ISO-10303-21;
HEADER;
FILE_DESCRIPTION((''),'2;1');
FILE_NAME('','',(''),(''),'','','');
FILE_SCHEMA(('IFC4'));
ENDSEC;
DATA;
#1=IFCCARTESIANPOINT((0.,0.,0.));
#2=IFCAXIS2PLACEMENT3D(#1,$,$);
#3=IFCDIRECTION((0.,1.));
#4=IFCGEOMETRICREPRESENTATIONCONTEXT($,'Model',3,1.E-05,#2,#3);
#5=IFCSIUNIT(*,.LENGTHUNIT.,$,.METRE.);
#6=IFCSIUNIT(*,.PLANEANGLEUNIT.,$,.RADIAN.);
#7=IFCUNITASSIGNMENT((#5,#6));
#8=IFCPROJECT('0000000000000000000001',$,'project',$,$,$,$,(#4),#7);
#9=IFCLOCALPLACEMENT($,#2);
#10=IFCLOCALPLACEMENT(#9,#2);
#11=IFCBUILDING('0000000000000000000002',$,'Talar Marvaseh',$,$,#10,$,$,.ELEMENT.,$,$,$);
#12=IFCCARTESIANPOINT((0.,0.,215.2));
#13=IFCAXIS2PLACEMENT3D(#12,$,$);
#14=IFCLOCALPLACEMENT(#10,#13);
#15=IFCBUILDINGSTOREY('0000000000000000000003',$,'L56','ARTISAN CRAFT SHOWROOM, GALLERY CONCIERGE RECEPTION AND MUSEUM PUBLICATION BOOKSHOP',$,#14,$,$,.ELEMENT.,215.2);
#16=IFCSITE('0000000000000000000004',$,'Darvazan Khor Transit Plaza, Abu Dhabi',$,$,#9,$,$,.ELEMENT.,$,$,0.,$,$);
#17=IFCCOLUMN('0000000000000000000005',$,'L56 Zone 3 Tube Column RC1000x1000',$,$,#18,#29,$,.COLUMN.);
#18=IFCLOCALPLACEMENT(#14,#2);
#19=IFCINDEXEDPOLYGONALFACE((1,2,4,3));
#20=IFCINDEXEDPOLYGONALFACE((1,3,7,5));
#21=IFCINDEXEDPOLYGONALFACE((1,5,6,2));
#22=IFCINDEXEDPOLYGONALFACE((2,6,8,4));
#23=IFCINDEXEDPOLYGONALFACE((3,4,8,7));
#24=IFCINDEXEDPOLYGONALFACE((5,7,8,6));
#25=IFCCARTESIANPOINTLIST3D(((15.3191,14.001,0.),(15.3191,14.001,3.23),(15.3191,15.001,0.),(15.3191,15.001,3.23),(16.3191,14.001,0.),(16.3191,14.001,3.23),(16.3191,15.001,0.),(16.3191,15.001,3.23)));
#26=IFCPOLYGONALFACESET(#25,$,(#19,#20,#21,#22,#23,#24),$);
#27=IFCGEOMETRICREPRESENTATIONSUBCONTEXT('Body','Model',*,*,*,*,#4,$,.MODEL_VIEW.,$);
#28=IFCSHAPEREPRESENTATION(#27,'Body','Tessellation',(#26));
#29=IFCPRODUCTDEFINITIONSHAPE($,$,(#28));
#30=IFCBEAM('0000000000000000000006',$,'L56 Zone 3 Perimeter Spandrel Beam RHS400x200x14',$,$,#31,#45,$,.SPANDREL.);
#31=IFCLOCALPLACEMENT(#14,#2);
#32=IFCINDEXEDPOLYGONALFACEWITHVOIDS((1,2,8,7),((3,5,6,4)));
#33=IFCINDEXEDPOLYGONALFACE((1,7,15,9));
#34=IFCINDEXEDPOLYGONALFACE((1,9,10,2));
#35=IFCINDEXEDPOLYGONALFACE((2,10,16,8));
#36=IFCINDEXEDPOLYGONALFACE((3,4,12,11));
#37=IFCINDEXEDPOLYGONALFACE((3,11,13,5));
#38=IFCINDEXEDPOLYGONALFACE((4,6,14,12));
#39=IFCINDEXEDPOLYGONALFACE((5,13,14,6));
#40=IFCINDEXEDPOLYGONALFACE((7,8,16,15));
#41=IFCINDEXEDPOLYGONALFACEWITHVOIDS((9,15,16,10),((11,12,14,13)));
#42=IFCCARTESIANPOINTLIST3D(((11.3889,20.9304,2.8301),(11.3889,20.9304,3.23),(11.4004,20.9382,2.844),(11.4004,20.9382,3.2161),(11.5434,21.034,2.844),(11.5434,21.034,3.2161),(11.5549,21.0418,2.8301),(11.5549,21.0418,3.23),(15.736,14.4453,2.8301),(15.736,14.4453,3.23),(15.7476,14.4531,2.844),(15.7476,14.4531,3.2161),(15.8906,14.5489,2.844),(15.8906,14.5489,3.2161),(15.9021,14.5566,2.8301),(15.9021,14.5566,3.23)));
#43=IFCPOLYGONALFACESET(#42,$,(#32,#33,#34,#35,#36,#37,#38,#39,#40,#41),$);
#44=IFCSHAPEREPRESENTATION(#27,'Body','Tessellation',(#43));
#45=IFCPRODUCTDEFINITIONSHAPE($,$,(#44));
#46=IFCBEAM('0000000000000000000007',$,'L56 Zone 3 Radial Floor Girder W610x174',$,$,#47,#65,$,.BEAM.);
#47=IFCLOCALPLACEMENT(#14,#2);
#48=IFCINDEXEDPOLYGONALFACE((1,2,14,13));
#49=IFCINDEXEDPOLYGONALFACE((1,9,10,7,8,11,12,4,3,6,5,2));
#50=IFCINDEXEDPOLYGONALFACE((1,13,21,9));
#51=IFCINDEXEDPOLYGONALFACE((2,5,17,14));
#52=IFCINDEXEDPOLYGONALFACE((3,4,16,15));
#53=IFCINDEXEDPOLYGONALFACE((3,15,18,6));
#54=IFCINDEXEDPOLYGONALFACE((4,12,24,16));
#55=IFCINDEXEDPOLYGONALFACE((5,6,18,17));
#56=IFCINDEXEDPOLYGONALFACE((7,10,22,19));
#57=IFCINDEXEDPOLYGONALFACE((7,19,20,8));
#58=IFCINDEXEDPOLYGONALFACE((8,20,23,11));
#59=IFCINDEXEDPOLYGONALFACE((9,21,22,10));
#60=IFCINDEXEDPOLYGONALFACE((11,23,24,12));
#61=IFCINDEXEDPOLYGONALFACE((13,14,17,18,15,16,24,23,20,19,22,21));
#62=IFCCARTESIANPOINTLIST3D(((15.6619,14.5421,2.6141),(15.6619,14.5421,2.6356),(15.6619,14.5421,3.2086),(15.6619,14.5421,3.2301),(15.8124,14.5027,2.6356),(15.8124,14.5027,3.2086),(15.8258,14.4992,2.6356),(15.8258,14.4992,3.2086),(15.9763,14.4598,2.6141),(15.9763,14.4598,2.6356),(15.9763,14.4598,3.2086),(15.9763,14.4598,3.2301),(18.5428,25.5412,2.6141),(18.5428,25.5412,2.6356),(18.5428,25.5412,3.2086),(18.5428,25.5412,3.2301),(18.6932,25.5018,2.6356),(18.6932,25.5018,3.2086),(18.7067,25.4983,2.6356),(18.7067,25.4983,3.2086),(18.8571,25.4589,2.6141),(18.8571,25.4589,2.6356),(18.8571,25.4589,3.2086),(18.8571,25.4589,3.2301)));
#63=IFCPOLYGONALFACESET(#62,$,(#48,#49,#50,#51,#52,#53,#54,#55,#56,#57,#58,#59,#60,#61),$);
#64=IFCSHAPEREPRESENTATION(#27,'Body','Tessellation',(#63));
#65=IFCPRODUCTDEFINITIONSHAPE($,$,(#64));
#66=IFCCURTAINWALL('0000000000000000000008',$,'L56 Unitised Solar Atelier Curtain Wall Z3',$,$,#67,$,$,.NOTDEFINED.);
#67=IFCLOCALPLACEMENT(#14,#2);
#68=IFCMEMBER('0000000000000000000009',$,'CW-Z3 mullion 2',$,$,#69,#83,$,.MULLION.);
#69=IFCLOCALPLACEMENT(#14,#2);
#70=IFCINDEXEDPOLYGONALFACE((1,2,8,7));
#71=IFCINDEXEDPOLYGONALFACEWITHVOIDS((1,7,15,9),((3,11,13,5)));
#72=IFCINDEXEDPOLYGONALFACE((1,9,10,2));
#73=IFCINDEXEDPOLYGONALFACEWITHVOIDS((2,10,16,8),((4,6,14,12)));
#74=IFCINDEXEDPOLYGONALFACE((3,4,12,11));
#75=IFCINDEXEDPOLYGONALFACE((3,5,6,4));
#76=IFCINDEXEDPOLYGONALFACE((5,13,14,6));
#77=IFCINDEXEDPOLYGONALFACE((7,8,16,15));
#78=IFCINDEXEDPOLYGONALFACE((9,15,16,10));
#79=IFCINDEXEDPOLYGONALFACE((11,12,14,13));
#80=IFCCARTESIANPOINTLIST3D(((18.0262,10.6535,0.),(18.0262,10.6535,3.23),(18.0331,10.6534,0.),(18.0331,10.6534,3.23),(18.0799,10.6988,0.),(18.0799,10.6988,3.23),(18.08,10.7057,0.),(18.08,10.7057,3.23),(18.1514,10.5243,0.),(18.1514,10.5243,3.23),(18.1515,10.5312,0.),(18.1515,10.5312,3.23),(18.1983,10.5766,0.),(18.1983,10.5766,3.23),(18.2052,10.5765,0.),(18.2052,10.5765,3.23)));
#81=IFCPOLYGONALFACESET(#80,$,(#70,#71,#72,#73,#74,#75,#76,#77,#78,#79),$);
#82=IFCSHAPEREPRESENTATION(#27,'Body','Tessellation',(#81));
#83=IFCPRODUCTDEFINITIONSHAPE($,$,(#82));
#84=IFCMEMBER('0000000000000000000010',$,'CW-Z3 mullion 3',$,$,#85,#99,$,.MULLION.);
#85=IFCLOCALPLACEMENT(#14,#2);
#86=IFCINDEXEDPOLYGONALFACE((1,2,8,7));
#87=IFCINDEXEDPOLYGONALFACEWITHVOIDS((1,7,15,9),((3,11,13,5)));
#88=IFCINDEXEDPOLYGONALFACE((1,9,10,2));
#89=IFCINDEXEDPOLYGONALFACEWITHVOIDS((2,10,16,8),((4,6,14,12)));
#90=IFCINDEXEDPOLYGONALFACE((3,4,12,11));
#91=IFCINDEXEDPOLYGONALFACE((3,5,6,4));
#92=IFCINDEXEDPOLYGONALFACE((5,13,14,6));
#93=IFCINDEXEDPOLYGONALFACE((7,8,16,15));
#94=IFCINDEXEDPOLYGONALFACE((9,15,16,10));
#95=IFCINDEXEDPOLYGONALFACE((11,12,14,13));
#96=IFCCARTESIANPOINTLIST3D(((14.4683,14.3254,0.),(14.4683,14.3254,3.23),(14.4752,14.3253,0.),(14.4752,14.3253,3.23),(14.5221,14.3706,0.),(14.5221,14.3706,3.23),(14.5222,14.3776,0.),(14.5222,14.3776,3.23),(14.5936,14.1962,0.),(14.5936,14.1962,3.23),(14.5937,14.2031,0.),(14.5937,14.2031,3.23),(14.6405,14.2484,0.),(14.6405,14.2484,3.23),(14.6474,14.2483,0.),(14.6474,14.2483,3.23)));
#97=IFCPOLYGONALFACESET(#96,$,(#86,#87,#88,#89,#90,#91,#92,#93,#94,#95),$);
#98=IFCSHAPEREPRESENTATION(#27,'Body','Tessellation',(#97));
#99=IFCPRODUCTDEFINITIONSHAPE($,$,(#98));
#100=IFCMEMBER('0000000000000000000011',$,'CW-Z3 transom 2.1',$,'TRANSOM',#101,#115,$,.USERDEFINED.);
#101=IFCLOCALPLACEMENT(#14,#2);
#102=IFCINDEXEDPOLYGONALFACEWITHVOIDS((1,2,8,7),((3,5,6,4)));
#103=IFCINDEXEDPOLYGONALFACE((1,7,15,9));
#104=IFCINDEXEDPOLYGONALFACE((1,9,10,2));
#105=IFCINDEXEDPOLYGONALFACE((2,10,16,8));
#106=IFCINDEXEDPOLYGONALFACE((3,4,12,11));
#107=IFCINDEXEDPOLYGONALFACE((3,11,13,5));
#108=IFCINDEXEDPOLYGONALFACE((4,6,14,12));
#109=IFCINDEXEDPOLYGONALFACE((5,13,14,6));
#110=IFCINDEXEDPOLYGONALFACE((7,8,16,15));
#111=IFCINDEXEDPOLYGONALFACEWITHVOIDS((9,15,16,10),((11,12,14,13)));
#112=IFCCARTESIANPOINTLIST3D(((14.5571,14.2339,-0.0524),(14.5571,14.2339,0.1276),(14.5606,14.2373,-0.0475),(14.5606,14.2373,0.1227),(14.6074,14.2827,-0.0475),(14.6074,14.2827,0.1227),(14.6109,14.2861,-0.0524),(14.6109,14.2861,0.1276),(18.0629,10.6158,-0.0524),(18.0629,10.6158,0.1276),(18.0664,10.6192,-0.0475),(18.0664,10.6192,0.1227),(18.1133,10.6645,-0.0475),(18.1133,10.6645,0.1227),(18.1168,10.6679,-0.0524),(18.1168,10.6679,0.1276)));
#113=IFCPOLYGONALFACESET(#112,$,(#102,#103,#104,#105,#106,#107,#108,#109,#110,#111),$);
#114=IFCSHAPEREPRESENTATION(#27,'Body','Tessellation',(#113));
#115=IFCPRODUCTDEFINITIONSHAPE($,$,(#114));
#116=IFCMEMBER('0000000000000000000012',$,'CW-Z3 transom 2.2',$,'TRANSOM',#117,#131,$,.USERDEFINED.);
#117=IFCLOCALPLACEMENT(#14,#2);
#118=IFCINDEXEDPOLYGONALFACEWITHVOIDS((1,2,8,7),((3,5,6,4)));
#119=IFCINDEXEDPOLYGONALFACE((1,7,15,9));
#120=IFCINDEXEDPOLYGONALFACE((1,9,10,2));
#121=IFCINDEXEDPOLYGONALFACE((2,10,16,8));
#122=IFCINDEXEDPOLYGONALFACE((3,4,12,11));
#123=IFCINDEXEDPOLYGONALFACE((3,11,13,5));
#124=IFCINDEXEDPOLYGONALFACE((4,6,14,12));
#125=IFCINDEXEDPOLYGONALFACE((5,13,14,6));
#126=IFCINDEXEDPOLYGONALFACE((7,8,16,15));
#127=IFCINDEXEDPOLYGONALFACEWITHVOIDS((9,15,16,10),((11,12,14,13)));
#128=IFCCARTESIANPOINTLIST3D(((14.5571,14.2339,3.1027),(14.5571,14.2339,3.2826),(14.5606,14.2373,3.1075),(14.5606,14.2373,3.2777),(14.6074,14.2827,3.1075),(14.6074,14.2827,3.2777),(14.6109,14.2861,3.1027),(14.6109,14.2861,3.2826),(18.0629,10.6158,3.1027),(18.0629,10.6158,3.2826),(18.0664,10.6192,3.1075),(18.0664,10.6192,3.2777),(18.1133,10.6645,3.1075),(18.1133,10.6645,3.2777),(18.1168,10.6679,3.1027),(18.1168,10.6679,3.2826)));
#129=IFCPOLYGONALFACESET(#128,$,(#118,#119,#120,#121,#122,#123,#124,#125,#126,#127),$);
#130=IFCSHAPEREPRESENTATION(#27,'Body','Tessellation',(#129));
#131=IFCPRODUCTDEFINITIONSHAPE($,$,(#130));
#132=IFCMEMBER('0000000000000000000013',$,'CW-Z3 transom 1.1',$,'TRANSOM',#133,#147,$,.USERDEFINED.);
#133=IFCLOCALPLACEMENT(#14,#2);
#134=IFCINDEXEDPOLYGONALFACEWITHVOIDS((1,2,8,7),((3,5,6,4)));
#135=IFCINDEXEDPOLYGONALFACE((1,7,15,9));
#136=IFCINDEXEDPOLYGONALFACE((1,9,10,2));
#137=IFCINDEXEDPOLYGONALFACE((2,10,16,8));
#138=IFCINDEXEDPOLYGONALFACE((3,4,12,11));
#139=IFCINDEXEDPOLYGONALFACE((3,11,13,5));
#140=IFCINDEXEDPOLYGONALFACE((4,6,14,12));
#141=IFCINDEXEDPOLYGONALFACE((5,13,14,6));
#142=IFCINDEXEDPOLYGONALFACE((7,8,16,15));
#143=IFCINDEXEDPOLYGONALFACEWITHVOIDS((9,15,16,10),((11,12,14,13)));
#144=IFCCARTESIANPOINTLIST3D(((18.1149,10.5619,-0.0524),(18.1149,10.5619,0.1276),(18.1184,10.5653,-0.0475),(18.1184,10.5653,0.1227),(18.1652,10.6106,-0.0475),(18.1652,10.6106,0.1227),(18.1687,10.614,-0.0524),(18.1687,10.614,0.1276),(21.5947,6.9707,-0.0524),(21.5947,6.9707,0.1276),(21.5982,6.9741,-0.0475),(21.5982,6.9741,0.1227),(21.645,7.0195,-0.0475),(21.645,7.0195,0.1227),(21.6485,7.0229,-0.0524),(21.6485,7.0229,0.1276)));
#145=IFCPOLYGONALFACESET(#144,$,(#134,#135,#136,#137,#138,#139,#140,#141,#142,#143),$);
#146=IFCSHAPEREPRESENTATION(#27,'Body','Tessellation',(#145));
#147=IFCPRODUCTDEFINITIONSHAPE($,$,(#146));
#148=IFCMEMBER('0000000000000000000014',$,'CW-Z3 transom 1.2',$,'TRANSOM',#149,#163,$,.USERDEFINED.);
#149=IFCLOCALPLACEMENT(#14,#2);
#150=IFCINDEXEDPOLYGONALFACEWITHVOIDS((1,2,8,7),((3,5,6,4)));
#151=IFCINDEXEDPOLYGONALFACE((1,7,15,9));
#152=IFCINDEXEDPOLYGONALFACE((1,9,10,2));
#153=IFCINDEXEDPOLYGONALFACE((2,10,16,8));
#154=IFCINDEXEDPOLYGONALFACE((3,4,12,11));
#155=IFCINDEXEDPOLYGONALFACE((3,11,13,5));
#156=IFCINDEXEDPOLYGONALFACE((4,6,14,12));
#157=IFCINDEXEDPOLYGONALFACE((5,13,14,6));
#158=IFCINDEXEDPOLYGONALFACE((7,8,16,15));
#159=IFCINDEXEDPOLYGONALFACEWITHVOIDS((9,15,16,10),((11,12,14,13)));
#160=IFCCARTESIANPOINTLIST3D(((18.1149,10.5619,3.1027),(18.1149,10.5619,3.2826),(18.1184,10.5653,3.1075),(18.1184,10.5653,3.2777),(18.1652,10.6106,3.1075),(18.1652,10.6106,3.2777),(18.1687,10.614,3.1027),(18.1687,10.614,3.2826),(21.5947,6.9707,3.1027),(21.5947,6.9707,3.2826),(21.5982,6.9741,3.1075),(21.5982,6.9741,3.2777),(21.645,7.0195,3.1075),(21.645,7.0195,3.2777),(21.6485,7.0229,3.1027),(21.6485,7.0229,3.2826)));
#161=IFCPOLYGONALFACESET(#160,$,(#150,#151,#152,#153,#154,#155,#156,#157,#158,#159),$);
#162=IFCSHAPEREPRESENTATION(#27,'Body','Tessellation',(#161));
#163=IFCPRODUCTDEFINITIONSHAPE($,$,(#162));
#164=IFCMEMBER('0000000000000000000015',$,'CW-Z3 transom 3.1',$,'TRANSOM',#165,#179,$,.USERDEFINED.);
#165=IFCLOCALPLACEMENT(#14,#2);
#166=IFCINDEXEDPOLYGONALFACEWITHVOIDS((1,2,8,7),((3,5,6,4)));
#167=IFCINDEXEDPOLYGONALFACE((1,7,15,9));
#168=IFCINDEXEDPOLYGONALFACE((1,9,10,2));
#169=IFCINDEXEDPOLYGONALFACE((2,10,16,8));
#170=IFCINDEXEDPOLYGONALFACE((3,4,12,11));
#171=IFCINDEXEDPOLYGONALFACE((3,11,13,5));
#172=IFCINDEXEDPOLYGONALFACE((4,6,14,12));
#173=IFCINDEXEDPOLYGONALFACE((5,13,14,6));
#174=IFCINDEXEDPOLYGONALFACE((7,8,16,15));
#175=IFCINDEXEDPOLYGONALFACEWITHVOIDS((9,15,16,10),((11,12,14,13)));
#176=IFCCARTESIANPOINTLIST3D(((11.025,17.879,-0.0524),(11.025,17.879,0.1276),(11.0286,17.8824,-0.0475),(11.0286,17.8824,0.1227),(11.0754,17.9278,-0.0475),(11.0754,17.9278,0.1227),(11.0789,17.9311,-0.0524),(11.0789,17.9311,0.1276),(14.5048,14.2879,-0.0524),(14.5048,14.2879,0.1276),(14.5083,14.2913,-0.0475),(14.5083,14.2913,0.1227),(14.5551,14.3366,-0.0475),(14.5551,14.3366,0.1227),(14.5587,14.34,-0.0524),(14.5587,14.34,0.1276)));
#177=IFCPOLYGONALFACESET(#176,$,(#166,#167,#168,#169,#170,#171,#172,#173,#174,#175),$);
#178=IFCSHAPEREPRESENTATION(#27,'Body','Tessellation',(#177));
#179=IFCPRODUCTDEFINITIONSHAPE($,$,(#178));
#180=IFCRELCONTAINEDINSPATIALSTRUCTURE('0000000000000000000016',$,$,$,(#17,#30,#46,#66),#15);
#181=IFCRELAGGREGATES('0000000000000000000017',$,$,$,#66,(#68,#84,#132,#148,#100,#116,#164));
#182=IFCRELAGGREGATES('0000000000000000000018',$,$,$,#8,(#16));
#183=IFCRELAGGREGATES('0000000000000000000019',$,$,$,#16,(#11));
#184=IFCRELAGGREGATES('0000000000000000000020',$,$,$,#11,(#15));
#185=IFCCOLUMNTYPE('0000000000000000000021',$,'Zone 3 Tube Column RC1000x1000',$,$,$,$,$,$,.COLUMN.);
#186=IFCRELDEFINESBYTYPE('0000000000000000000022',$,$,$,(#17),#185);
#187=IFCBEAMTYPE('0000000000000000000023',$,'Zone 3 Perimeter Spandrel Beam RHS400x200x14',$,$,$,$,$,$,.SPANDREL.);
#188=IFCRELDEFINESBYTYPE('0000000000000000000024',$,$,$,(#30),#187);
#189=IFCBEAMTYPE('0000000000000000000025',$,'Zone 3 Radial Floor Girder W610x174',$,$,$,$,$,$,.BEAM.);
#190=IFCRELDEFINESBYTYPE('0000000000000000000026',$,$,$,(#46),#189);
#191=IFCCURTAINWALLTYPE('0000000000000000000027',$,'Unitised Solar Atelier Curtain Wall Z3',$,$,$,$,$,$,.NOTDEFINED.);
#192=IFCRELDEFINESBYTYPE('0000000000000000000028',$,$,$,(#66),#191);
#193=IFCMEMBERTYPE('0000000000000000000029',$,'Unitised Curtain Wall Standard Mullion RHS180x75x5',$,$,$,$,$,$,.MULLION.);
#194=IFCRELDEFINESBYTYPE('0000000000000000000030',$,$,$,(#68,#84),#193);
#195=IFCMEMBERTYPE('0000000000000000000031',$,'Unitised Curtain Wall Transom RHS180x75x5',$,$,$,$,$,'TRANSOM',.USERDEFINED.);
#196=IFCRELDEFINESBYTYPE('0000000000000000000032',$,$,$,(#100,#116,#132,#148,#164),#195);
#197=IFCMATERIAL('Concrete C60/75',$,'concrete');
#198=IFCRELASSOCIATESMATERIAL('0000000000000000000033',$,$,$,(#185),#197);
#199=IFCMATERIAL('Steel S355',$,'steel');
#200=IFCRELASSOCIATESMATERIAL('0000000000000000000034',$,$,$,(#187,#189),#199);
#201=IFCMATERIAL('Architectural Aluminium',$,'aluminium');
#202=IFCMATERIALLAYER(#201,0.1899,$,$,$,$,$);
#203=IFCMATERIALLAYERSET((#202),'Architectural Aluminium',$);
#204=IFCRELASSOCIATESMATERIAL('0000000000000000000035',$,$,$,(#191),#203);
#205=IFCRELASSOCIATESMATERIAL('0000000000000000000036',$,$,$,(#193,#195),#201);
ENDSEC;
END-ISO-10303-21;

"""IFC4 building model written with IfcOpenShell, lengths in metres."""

from ifc_helpers import new_model, si_unit, direction, frame, origin, origin_2d, place, context, subcontext, project, spatial, rectangle, hollow_rectangle, i_section, extrude, source, transform, mapped, material, layer, layer_set, material_profile, profile_set, type_object, type_shapes, element, aggregate, save


model = new_model("IFC4")

# Units and contexts
model_context = context("Model", 3, precision=1e-05, world=origin(), true_north=direction((0.0, 1.0)))
body_context = subcontext(model_context, "Body", "Model", "MODEL_VIEW")
ifc_project = project(units=[si_unit("LENGTHUNIT", "METRE"), si_unit("PLANEANGLEUNIT", "RADIAN")], contexts=[model_context])

# Site, building, storey
site_placement = place(None, origin())
site = spatial("IfcSite", under=ifc_project, at=site_placement, Name="Darvazan Khor Transit Plaza, Abu Dhabi", CompositionType="ELEMENT", RefElevation=0.0)
building_placement = place(site_placement, origin())
building = spatial("IfcBuilding", under=site, at=building_placement, Name="Talar Marvaseh", CompositionType="ELEMENT")
storey_placement = place(building_placement, frame((0.0, 0.0, 215.2)))
storey = spatial("IfcBuildingStorey", under=building, at=storey_placement, Name="L56", Description="ARTISAN CRAFT SHOWROOM, GALLERY CONCIERGE RECEPTION AND MUSEUM PUBLICATION BOOKSHOP", CompositionType="ELEMENT", Elevation=215.2)

# Column
ifc_material_1 = material(Name="Concrete C60/75", Category="concrete")
ifc_material_profile_1 = material_profile(ifc_material_1, rectangle(XDim=1.0, YDim=1.0, at=origin_2d()), Name="RC1000x1000")
ifc_profile_set_1 = profile_set([ifc_material_profile_1], Name="Concrete C60/75")
column_type = type_object("IfcColumnType", Name="Zone 3 Tube Column RC1000x1000", PredefinedType="COLUMN", material=ifc_profile_set_1)
column_placement = place(storey_placement, frame((15.8191, 14.501, 0.0), z_axis=(0.0, 0.0, 1.0), x_axis=(1.0, 0.0, 0.0)))
element("IfcColumn", 1, at=column_placement, inside=storey, type_object=column_type, Name="L56 Zone 3 Tube Column RC1000x1000", PredefinedType="COLUMN", context=body_context, shape_type="SweptSolid", body=[
    extrude(rectangle(XDim=1.0, YDim=1.0, at=origin_2d()), origin(), (0.0, 0.0, 1.0), 3.23),
])

# Beams
ifc_material_2 = material(Name="Steel S355", Category="steel")
ifc_material_profile_2 = material_profile(ifc_material_2, hollow_rectangle(XDim=0.2, YDim=0.3999, WallThickness=0.0139, at=origin_2d()), Name="RHS400x200x14")
ifc_profile_set_2 = profile_set([ifc_material_profile_2], Name="Steel S355")
beam_type_1 = type_object("IfcBeamType", Name="Zone 3 Perimeter Spandrel Beam RHS400x200x14", PredefinedType="SPANDREL", material=ifc_profile_set_2)
beam_1_placement = place(storey_placement, frame((15.8191, 14.501, 3.03), z_axis=(-0.556806, 0.830643, 0.0), x_axis=(-0.830643, -0.556806, 0.0)))
element("IfcBeam", 2, at=beam_1_placement, inside=storey, type_object=beam_type_1, Name="L56 Zone 3 Perimeter Spandrel Beam RHS400x200x14", PredefinedType="SPANDREL", context=body_context, shape_type="SweptSolid", body=[
    extrude(hollow_rectangle(XDim=0.2, YDim=0.3999, WallThickness=0.0139, at=origin_2d()), origin(), (0.0, 0.0, 1.0), 7.8074),
])
ifc_material_profile_3 = material_profile(ifc_material_2, i_section(OverallWidth=0.325, OverallDepth=0.616, WebThickness=0.0139, FlangeThickness=0.0215, at=origin_2d()), Name="W610x174")
ifc_profile_set_3 = profile_set([ifc_material_profile_3], Name="Steel S355")
beam_type_2 = type_object("IfcBeamType", Name="Zone 3 Radial Floor Girder W610x174", PredefinedType="BEAM", material=ifc_profile_set_3)
beam_2_placement = place(storey_placement, frame((15.8191, 14.501, 2.9221), z_axis=(0.253373, 0.967369, 0.0), x_axis=(-0.967369, 0.253373, 0.0)))
element("IfcBeam", 3, at=beam_2_placement, inside=storey, type_object=beam_type_2, Name="L56 Zone 3 Radial Floor Girder W610x174", PredefinedType="BEAM", context=body_context, shape_type="SweptSolid", body=[
    extrude(i_section(OverallWidth=0.325, OverallDepth=0.616, WebThickness=0.0139, FlangeThickness=0.0215, at=origin_2d()), origin(), (0.0, 0.0, 1.0), 11.3701),
])

# Curtain wall, members
ifc_material_3 = material(Name="Architectural Aluminium", Category="aluminium")
ifc_layer_1 = layer(ifc_material_3, 0.1899)
ifc_layer_set_1 = layer_set([ifc_layer_1], Name="Architectural Aluminium")
curtain_wall_type = type_object("IfcCurtainWallType", Name="Unitised Solar Atelier Curtain Wall Z3", PredefinedType="NOTDEFINED", material=ifc_layer_set_1)
curtain_wall_placement = place(storey_placement, origin())
curtain_wall = element("IfcCurtainWall", 4, at=curtain_wall_placement, inside=storey, type_object=curtain_wall_type, Name="L56 Unitised Solar Atelier Curtain Wall Z3", PredefinedType="NOTDEFINED")
ifc_material_profile_4 = material_profile(ifc_material_3, hollow_rectangle(XDim=0.075, YDim=0.1799, WallThickness=0.0049, at=origin_2d()), Name="RHS180x75x5")
ifc_profile_set_4 = profile_set([ifc_material_profile_4], Name="Architectural Aluminium")
member_type_1 = type_object("IfcMemberType", Name="Unitised Curtain Wall Standard Mullion RHS180x75x5", PredefinedType="MULLION", material=ifc_profile_set_4)
shared_shape_1 = source(origin(), body_context, "Body", "SweptSolid", [
    extrude(hollow_rectangle(XDim=0.075, YDim=0.1799, WallThickness=0.0049, at=origin_2d()), origin(), (0.0, 0.0, 1.0), 3.23),
])
type_shapes(member_type_1, [shared_shape_1])
member_1_placement = place(storey_placement, frame((18.1157, 10.615, 0.0), z_axis=(0.0, 0.0, 1.0), x_axis=(-0.718173, -0.695864, 0.0)))
member_1 = element("IfcMember", 5, at=member_1_placement, type_object=member_type_1, Name="CW-Z3 mullion 2", PredefinedType="MULLION", context=body_context, shape_type="MappedRepresentation", body=[
    mapped(shared_shape_1, transform((0.0, 0.0, 0.0), x_axis=(1.0, 0.0, 0.0), y_axis=(0.0, 1.0, 0.0), z_axis=(0.0, 0.0, 1.0), scale=1.0)),
])
member_2_placement = place(storey_placement, frame((14.5579, 14.2869, 0.0), z_axis=(0.0, 0.0, 1.0), x_axis=(-0.718173, -0.695864, 0.0)))
member_2 = element("IfcMember", 6, at=member_2_placement, type_object=member_type_1, Name="CW-Z3 mullion 3", PredefinedType="MULLION", context=body_context, shape_type="MappedRepresentation", body=[
    mapped(shared_shape_1, transform((0.0, 0.0, 0.0), x_axis=(1.0, 0.0, 0.0), y_axis=(0.0, 1.0, 0.0), z_axis=(0.0, 0.0, 1.0), scale=1.0)),
])
ifc_material_profile_5 = material_profile(ifc_material_3, hollow_rectangle(XDim=0.075, YDim=0.1799, WallThickness=0.0049, at=origin_2d()), Name="RHS180x75x5")
ifc_profile_set_5 = profile_set([ifc_material_profile_5], Name="Architectural Aluminium")
member_type_2 = type_object("IfcMemberType", Name="Unitised Curtain Wall Transom RHS180x75x5", ElementType="TRANSOM", PredefinedType="USERDEFINED", material=ifc_profile_set_5)
shared_shape_2 = source(origin(), body_context, "Body", "SweptSolid", [
    extrude(hollow_rectangle(XDim=0.075, YDim=0.1799, WallThickness=0.0049, at=origin_2d()), origin(), (0.0, 0.0, 1.0), 5.0381),
])
member_3_placement = place(storey_placement, frame((18.0898, 10.6418, 0.0376), z_axis=(-0.695873, 0.718165, 0.0), x_axis=(-0.718165, -0.695873, 0.0)))
member_3 = element("IfcMember", 7, at=member_3_placement, type_object=member_type_2, Name="CW-Z3 transom 2.1", ObjectType="TRANSOM", PredefinedType="USERDEFINED", context=body_context, shape_type="MappedRepresentation", body=[
    mapped(shared_shape_2, transform((0.0, 0.0, 0.0), x_axis=(1.0, 0.0, 0.0), y_axis=(0.0, 1.0, 0.0), z_axis=(0.0, 0.0, 1.0), scale=1.0)),
])
member_4_placement = place(storey_placement, frame((18.0898, 10.6418, 3.1926), z_axis=(-0.695873, 0.718165, 0.0), x_axis=(-0.718165, -0.695873, 0.0)))
member_4 = element("IfcMember", 8, at=member_4_placement, type_object=member_type_2, Name="CW-Z3 transom 2.2", ObjectType="TRANSOM", PredefinedType="USERDEFINED", context=body_context, shape_type="MappedRepresentation", body=[
    mapped(shared_shape_2, transform((0.0, 0.0, 0.0), x_axis=(1.0, 0.0, 0.0), y_axis=(0.0, 1.0, 0.0), z_axis=(0.0, 0.0, 1.0), scale=1.0)),
])
shared_shape_3 = source(origin(), body_context, "Body", "SweptSolid", [
    extrude(hollow_rectangle(XDim=0.075, YDim=0.1799, WallThickness=0.0049, at=origin_2d()), origin(), (0.0, 0.0, 1.0), 5.0005),
])
type_shapes(member_type_2, [shared_shape_2, shared_shape_3])
member_5_placement = place(storey_placement, frame((21.6216, 6.9968, 0.0376), z_axis=(-0.695887, 0.718151, 0.0), x_axis=(-0.718151, -0.695887, 0.0)))
member_5 = element("IfcMember", 9, at=member_5_placement, type_object=member_type_2, Name="CW-Z3 transom 1.1", ObjectType="TRANSOM", PredefinedType="USERDEFINED", context=body_context, shape_type="MappedRepresentation", body=[
    mapped(shared_shape_3, transform((0.0, 0.0, 0.0), x_axis=(1.0, 0.0, 0.0), y_axis=(0.0, 1.0, 0.0), z_axis=(0.0, 0.0, 1.0), scale=1.0)),
])
member_6_placement = place(storey_placement, frame((21.6216, 6.9968, 3.1926), z_axis=(-0.695887, 0.718151, 0.0), x_axis=(-0.718151, -0.695887, 0.0)))
member_6 = element("IfcMember", 10, at=member_6_placement, type_object=member_type_2, Name="CW-Z3 transom 1.2", ObjectType="TRANSOM", PredefinedType="USERDEFINED", context=body_context, shape_type="MappedRepresentation", body=[
    mapped(shared_shape_3, transform((0.0, 0.0, 0.0), x_axis=(1.0, 0.0, 0.0), y_axis=(0.0, 1.0, 0.0), z_axis=(0.0, 0.0, 1.0), scale=1.0)),
])
member_7_placement = place(storey_placement, frame((14.5317, 14.314, 0.0376), z_axis=(-0.695887, 0.718151, 0.0), x_axis=(-0.718151, -0.695887, 0.0)))
member_7 = element("IfcMember", 11, at=member_7_placement, type_object=member_type_2, Name="CW-Z3 transom 3.1", ObjectType="TRANSOM", PredefinedType="USERDEFINED", context=body_context, shape_type="MappedRepresentation", body=[
    mapped(shared_shape_3, transform((0.0, 0.0, 0.0), x_axis=(1.0, 0.0, 0.0), y_axis=(0.0, 1.0, 0.0), z_axis=(0.0, 0.0, 1.0), scale=1.0)),
])

aggregate(curtain_wall, [member_1, member_2, member_5, member_6, member_3, member_4, member_7])

save(model, "model.ifc")
